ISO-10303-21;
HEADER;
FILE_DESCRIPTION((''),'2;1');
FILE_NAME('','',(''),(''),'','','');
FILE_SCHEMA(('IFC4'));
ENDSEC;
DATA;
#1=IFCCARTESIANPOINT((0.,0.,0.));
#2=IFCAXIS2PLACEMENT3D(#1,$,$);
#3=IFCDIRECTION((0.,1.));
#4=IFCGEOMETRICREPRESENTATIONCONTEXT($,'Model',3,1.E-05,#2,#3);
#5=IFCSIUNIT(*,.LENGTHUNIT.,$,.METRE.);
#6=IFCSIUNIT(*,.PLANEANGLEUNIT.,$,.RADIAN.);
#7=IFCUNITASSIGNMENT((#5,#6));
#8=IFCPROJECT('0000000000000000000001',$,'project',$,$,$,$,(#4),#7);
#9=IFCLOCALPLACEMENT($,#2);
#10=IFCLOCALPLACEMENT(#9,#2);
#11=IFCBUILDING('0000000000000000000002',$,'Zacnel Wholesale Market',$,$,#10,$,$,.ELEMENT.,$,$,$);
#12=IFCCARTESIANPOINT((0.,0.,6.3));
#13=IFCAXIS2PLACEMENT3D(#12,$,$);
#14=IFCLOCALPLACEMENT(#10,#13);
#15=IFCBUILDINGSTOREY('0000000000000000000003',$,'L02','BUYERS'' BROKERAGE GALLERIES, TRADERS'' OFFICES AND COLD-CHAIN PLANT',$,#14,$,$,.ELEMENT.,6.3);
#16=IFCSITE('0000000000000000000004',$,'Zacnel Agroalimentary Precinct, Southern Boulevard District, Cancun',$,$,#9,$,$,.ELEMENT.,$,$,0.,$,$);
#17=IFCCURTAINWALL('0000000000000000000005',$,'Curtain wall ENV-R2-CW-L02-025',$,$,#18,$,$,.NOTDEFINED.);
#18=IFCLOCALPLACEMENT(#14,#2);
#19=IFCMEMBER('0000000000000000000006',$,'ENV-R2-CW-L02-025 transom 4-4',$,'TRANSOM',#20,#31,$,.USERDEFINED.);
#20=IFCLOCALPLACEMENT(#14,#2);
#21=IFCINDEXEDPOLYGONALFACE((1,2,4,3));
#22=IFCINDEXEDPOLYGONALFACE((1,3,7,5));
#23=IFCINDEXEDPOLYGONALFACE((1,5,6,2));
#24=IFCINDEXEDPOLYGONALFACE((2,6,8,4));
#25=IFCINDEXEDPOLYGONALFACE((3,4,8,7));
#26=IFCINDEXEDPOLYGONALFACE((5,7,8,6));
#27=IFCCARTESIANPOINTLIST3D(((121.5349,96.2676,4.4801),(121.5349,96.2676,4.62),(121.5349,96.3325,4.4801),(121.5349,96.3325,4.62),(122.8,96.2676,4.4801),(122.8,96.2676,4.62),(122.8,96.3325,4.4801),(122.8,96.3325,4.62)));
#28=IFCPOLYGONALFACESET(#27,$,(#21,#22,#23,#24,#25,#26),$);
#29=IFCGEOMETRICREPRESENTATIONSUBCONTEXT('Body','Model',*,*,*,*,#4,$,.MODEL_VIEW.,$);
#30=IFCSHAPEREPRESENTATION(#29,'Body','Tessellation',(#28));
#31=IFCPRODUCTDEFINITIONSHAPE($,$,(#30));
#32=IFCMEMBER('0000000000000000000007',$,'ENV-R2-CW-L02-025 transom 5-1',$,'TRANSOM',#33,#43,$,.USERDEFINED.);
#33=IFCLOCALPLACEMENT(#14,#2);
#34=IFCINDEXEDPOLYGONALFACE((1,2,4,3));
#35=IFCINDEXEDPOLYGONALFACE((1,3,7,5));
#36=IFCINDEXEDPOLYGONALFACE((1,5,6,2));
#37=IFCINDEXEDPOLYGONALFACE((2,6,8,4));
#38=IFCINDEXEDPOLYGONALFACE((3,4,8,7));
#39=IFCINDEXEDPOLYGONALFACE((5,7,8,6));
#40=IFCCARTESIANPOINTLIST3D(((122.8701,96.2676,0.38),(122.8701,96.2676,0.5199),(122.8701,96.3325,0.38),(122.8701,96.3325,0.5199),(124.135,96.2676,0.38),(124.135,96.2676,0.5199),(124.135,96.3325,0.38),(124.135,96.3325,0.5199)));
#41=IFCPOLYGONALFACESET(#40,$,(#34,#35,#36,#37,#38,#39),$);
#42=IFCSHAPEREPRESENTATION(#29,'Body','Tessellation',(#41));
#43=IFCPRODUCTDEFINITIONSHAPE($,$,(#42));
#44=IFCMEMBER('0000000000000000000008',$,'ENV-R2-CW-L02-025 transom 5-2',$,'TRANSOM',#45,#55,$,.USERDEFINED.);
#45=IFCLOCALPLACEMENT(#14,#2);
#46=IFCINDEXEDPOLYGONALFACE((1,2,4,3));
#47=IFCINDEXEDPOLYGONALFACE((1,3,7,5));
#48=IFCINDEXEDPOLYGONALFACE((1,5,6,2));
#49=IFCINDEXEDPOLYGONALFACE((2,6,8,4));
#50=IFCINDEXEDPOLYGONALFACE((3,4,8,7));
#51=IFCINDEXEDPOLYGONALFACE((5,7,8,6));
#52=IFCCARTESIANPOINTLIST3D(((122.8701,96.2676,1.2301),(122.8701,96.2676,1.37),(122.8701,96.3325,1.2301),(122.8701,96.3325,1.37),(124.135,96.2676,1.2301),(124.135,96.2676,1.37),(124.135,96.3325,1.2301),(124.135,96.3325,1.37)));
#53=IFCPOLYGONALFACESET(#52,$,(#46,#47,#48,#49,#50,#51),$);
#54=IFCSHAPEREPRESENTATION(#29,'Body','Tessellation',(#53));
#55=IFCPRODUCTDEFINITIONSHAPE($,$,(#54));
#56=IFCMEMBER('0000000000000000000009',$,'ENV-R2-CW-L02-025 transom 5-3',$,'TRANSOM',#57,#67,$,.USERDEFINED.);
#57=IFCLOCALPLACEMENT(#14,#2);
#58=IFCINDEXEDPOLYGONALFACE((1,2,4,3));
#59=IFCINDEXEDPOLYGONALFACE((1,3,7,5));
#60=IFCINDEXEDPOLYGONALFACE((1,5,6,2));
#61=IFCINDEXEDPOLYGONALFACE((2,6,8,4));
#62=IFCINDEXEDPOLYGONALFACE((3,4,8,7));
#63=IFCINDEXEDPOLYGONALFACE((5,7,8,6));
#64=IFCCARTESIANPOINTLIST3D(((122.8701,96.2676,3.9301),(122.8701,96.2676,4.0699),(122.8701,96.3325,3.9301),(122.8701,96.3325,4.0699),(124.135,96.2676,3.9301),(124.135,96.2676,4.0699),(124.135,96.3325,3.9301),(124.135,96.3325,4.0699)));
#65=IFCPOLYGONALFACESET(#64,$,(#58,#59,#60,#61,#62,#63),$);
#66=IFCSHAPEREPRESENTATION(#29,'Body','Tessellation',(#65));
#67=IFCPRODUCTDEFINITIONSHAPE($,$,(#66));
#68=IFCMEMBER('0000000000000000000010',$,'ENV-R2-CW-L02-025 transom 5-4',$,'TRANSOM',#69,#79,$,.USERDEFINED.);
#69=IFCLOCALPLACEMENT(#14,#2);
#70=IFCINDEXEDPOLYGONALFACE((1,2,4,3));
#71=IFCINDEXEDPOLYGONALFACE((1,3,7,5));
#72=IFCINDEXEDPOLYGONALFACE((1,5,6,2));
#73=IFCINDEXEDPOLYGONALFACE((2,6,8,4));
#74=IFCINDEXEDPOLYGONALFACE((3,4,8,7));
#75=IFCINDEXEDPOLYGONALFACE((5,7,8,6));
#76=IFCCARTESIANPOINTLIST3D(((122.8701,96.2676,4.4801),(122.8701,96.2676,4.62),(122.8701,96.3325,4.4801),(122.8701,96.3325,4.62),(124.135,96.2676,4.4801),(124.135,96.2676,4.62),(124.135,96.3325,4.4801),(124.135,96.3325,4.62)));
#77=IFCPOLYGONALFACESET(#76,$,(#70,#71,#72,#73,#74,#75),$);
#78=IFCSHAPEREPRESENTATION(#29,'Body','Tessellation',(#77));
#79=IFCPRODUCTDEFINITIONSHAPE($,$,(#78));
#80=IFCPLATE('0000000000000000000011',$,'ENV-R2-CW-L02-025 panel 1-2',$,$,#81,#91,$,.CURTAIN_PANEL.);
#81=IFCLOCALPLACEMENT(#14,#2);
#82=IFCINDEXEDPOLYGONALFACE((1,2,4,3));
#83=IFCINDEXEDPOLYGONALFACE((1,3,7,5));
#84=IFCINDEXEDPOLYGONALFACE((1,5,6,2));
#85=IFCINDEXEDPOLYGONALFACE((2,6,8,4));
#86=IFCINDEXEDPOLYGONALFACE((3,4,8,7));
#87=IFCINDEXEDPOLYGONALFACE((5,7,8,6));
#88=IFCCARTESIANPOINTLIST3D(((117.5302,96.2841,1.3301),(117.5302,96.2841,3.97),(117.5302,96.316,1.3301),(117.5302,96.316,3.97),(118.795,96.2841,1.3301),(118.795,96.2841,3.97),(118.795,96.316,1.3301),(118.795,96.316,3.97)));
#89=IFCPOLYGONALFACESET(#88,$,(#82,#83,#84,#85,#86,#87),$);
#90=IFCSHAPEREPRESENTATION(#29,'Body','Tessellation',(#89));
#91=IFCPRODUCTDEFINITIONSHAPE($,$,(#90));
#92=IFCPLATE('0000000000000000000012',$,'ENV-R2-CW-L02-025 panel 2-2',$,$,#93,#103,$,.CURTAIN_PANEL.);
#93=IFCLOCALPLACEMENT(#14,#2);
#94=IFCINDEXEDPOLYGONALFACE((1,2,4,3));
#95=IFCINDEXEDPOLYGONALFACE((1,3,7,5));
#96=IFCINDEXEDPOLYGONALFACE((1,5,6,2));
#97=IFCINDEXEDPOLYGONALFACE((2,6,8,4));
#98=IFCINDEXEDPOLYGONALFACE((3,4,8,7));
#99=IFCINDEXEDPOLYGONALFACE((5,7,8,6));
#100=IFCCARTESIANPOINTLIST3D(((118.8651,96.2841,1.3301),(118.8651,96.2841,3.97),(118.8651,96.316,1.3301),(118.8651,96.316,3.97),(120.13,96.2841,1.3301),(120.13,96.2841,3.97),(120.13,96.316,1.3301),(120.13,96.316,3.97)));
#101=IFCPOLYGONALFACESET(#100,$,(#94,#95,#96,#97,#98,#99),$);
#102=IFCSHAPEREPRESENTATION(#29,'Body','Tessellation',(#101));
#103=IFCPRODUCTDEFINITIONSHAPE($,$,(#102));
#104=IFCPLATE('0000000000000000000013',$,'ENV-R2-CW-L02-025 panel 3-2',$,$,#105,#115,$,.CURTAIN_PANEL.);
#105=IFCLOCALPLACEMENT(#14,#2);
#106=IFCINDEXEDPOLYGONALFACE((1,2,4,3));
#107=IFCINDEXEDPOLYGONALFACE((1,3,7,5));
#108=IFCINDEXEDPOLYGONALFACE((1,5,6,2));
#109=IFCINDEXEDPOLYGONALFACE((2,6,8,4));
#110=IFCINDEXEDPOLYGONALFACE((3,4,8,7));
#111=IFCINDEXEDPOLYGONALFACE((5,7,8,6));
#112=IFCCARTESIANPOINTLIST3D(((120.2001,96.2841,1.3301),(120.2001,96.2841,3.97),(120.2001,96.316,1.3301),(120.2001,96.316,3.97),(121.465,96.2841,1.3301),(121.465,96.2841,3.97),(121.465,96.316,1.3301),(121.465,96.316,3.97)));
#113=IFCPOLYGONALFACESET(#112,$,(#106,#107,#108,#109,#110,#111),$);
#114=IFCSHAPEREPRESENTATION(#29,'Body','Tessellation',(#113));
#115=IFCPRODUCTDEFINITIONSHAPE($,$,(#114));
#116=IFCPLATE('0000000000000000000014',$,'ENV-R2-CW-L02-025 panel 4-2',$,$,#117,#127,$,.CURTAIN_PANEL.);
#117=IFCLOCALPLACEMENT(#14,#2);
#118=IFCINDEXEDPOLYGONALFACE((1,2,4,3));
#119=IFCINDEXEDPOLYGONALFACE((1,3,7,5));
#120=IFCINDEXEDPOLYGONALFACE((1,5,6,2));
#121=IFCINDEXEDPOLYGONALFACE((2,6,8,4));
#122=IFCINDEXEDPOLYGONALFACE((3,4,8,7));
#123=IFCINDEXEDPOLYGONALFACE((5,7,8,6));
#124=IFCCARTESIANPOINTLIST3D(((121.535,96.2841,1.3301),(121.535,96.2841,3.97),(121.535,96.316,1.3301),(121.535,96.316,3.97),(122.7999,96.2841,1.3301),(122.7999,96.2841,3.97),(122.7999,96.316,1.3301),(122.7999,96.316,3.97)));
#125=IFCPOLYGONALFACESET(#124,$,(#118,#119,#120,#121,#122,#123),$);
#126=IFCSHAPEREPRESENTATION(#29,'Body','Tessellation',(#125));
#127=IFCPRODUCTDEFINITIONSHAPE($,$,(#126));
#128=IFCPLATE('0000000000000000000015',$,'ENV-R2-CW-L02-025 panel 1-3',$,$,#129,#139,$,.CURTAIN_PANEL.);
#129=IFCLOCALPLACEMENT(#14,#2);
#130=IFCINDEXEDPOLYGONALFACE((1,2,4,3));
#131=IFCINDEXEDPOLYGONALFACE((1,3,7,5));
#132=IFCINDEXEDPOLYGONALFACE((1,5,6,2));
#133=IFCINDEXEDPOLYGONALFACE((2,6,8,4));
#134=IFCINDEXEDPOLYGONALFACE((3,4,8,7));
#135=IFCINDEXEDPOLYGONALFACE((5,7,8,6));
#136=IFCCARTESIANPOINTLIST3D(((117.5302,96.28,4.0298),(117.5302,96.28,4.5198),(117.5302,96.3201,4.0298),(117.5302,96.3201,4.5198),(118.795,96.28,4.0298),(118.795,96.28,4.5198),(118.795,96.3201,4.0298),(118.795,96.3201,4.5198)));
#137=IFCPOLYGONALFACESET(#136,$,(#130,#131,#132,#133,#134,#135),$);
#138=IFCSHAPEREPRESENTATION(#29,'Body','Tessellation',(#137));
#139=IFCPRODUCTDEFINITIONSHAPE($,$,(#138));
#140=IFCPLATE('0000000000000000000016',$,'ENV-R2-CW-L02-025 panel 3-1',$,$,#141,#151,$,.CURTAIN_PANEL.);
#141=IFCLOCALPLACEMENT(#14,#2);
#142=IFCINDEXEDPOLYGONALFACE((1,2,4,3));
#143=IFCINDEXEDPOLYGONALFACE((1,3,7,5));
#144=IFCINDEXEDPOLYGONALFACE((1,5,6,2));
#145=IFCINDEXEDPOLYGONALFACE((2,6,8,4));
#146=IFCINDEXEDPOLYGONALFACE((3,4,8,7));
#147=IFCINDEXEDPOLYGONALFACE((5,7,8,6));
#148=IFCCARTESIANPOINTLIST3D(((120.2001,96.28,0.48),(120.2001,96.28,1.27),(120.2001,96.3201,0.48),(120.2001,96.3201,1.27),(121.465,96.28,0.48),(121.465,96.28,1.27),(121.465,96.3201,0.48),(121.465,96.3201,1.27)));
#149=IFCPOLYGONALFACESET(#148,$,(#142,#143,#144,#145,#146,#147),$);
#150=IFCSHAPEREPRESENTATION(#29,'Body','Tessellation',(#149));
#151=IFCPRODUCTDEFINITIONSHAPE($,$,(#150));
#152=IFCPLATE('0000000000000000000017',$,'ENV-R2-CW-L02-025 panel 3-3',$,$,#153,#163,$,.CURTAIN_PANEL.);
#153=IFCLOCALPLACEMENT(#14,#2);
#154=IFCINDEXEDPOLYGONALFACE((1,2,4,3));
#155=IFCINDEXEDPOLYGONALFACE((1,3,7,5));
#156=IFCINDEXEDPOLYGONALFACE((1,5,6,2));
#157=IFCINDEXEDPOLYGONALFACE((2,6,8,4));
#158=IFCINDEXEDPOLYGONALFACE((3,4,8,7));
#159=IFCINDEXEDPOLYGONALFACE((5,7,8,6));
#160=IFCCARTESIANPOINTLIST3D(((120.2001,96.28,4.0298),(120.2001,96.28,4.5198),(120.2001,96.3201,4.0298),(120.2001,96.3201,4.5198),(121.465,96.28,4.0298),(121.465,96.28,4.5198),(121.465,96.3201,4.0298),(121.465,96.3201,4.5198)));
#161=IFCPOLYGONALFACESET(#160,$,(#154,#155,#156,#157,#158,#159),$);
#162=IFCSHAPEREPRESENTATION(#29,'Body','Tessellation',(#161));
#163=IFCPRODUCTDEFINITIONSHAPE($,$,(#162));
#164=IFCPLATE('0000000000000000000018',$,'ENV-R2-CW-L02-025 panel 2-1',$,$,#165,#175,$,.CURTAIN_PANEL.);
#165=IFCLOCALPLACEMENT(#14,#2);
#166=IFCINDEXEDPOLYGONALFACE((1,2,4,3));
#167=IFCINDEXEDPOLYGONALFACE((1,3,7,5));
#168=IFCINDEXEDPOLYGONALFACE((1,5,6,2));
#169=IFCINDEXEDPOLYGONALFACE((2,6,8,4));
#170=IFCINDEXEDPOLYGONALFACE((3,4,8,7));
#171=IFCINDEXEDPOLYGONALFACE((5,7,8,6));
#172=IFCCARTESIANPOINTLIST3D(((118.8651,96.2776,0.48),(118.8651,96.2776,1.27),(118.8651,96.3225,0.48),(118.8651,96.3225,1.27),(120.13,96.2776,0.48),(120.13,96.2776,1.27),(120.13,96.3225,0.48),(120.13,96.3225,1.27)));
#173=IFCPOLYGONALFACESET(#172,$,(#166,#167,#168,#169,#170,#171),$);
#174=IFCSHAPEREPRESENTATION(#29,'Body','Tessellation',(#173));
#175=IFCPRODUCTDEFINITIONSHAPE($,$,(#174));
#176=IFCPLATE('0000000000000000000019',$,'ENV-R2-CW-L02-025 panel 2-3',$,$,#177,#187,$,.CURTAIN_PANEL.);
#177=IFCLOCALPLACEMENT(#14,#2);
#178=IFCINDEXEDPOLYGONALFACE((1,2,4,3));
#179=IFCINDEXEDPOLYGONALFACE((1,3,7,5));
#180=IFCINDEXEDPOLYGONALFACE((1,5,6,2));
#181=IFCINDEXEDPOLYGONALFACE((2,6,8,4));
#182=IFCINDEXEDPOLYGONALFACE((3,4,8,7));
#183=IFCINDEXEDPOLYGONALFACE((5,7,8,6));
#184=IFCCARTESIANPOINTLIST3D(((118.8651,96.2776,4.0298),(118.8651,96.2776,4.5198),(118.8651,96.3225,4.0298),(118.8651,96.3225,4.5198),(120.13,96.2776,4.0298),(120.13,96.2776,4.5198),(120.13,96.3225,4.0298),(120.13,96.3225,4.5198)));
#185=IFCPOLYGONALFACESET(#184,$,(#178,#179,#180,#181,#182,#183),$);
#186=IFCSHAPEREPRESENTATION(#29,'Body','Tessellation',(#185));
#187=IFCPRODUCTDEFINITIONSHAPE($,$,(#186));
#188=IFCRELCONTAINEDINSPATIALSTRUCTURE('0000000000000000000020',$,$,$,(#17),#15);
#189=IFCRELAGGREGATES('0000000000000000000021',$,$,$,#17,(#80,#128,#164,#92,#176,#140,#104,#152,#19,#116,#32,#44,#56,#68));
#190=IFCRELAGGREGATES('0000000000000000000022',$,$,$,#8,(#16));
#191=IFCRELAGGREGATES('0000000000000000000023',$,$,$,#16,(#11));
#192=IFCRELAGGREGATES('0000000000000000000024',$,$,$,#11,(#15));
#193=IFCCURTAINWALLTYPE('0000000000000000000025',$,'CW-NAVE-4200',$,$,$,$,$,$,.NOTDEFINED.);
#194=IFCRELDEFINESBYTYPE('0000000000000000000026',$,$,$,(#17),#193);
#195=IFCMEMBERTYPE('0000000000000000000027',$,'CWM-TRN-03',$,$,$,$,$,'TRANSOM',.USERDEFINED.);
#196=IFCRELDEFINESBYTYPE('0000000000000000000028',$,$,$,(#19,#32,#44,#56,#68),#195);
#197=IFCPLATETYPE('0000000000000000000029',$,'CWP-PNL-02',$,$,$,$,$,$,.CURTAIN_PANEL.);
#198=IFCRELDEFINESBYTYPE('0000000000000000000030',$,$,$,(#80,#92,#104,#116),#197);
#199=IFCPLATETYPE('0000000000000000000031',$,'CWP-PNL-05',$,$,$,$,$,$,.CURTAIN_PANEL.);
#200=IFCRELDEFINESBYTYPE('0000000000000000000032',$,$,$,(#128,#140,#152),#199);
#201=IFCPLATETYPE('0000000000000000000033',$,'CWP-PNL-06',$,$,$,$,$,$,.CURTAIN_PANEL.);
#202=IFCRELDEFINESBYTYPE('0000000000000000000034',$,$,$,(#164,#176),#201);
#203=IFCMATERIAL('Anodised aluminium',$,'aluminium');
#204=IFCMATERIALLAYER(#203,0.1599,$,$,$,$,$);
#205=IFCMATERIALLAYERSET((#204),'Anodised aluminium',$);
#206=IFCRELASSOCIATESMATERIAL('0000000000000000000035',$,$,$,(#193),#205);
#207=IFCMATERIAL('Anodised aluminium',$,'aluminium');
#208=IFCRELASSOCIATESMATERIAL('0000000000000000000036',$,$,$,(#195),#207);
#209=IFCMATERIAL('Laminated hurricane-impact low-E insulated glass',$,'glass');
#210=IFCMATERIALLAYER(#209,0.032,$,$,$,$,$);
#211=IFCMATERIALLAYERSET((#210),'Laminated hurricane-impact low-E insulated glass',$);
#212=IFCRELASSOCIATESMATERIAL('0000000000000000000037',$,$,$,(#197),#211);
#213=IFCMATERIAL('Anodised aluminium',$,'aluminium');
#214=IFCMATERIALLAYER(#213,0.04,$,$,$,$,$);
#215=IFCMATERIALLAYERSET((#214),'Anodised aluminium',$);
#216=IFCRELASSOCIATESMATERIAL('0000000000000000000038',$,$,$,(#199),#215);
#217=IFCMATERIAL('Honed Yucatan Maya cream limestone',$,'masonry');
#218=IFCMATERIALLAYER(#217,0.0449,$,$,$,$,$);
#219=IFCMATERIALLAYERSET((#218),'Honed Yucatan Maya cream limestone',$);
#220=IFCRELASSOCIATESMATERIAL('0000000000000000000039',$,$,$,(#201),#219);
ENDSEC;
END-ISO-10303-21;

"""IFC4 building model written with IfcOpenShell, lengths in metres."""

from ifc_helpers import new_model, si_unit, direction, frame, origin, origin_2d, place, context, subcontext, project, spatial, rectangle, extrude, material, layer, layer_set, material_profile, profile_set, type_object, element, aggregate, save


model = new_model("IFC4")

# Units and contexts
model_context = context("Model", 3, precision=1e-05, world=origin(), true_north=direction((0.0, 1.0)))
body_context = subcontext(model_context, "Body", "Model", "MODEL_VIEW")
ifc_project = project(units=[si_unit("LENGTHUNIT", "METRE"), si_unit("PLANEANGLEUNIT", "RADIAN")], contexts=[model_context])

# Site, building, storey
site_placement = place(None, origin())
site = spatial("IfcSite", under=ifc_project, at=site_placement, Name="Zacnel Agroalimentary Precinct, Southern Boulevard District, Cancun", CompositionType="ELEMENT", RefElevation=0.0)
building_placement = place(site_placement, origin())
building = spatial("IfcBuilding", under=site, at=building_placement, Name="Zacnel Wholesale Market", CompositionType="ELEMENT")
storey_placement = place(building_placement, frame((0.0, 0.0, 6.3)))
storey = spatial("IfcBuildingStorey", under=building, at=storey_placement, Name="L02", Description="BUYERS' BROKERAGE GALLERIES, TRADERS' OFFICES AND COLD-CHAIN PLANT", CompositionType="ELEMENT", Elevation=6.3)

# Curtain wall, members, plates
ifc_material_1 = material(Name="Anodised aluminium", Category="aluminium")
ifc_layer_1 = layer(ifc_material_1, 0.1599)
ifc_layer_set_1 = layer_set([ifc_layer_1], Name="Anodised aluminium")
curtain_wall_type = type_object("IfcCurtainWallType", Name="CW-NAVE-4200", PredefinedType="NOTDEFINED", material=ifc_layer_set_1)
curtain_wall_placement = place(storey_placement, origin())
curtain_wall = element("IfcCurtainWall", 1, at=curtain_wall_placement, inside=storey, type_object=curtain_wall_type, Name="Curtain wall ENV-R2-CW-L02-025", PredefinedType="NOTDEFINED")
ifc_material_2 = material(Name="Anodised aluminium", Category="aluminium")
ifc_material_profile_1 = material_profile(ifc_material_2, rectangle(XDim=0.0649, YDim=0.1399, at=origin_2d()), Name="AW-TRANSOM 65x140")
ifc_profile_set_1 = profile_set([ifc_material_profile_1], Name="Anodised aluminium")
member_type_1 = type_object("IfcMemberType", Name="CWM-TRN-03", ElementType="TRANSOM", PredefinedType="USERDEFINED", material=ifc_profile_set_1)
member_1_placement = place(storey_placement, frame((121.5349, 96.3, 4.55), z_axis=(1.0, 0.0, 0.0), x_axis=(0.0, 1.0, 0.0)))
member_1 = element("IfcMember", 2, at=member_1_placement, type_object=member_type_1, Name="ENV-R2-CW-L02-025 transom 4-4", ObjectType="TRANSOM", PredefinedType="USERDEFINED", context=body_context, shape_type="SweptSolid", body=[
    extrude(rectangle(XDim=0.0649, YDim=0.1399, at=origin_2d()), origin(), (0.0, 0.0, 1.0), 1.2651),
])
member_2_placement = place(storey_placement, frame((122.8701, 96.3, 0.45), z_axis=(1.0, 0.0, 0.0), x_axis=(0.0, 1.0, 0.0)))
member_2 = element("IfcMember", 3, at=member_2_placement, type_object=member_type_1, Name="ENV-R2-CW-L02-025 transom 5-1", ObjectType="TRANSOM", PredefinedType="USERDEFINED", context=body_context, shape_type="SweptSolid", body=[
    extrude(rectangle(XDim=0.0649, YDim=0.1399, at=origin_2d()), origin(), (0.0, 0.0, 1.0), 1.2649),
])
member_3_placement = place(storey_placement, frame((122.8701, 96.3, 1.3), z_axis=(1.0, 0.0, 0.0), x_axis=(0.0, 1.0, 0.0)))
member_3 = element("IfcMember", 4, at=member_3_placement, type_object=member_type_1, Name="ENV-R2-CW-L02-025 transom 5-2", ObjectType="TRANSOM", PredefinedType="USERDEFINED", context=body_context, shape_type="SweptSolid", body=[
    extrude(rectangle(XDim=0.0649, YDim=0.1399, at=origin_2d()), origin(), (0.0, 0.0, 1.0), 1.2649),
])
member_4_placement = place(storey_placement, frame((122.8701, 96.3, 4.0), z_axis=(1.0, 0.0, 0.0), x_axis=(0.0, 1.0, 0.0)))
member_4 = element("IfcMember", 5, at=member_4_placement, type_object=member_type_1, Name="ENV-R2-CW-L02-025 transom 5-3", ObjectType="TRANSOM", PredefinedType="USERDEFINED", context=body_context, shape_type="SweptSolid", body=[
    extrude(rectangle(XDim=0.0649, YDim=0.1399, at=origin_2d()), origin(), (0.0, 0.0, 1.0), 1.2649),
])
member_5_placement = place(storey_placement, frame((122.8701, 96.3, 4.55), z_axis=(1.0, 0.0, 0.0), x_axis=(0.0, 1.0, 0.0)))
member_5 = element("IfcMember", 6, at=member_5_placement, type_object=member_type_1, Name="ENV-R2-CW-L02-025 transom 5-4", ObjectType="TRANSOM", PredefinedType="USERDEFINED", context=body_context, shape_type="SweptSolid", body=[
    extrude(rectangle(XDim=0.0649, YDim=0.1399, at=origin_2d()), origin(), (0.0, 0.0, 1.0), 1.2649),
])
ifc_material_3 = material(Name="Laminated hurricane-impact low-E insulated glass", Category="glass")
ifc_layer_2 = layer(ifc_material_3, 0.032)
ifc_layer_set_2 = layer_set([ifc_layer_2], Name="Laminated hurricane-impact low-E insulated glass")
plate_type_1 = type_object("IfcPlateType", Name="CWP-PNL-02", PredefinedType="CURTAIN_PANEL", material=ifc_layer_set_2)
plate_1_placement = place(storey_placement, frame((118.1626, 96.3, 1.3301), z_axis=(0.0, 0.0, 1.0), x_axis=(1.0, 0.0, 0.0)))
plate_1 = element("IfcPlate", 7, at=plate_1_placement, type_object=plate_type_1, Name="ENV-R2-CW-L02-025 panel 1-2", PredefinedType="CURTAIN_PANEL", context=body_context, shape_type="SweptSolid", body=[
    extrude(rectangle(XDim=1.2649, YDim=0.032, at=origin_2d()), origin(), (0.0, 0.0, 1.0), 2.6399),
])
plate_2_placement = place(storey_placement, frame((119.4976, 96.3, 1.3301), z_axis=(0.0, 0.0, 1.0), x_axis=(1.0, 0.0, 0.0)))
plate_2 = element("IfcPlate", 8, at=plate_2_placement, type_object=plate_type_1, Name="ENV-R2-CW-L02-025 panel 2-2", PredefinedType="CURTAIN_PANEL", context=body_context, shape_type="SweptSolid", body=[
    extrude(rectangle(XDim=1.2649, YDim=0.032, at=origin_2d()), origin(), (0.0, 0.0, 1.0), 2.6399),
])
plate_3_placement = place(storey_placement, frame((120.8325, 96.3, 1.3301), z_axis=(0.0, 0.0, 1.0), x_axis=(1.0, 0.0, 0.0)))
plate_3 = element("IfcPlate", 9, at=plate_3_placement, type_object=plate_type_1, Name="ENV-R2-CW-L02-025 panel 3-2", PredefinedType="CURTAIN_PANEL", context=body_context, shape_type="SweptSolid", body=[
    extrude(rectangle(XDim=1.2649, YDim=0.032, at=origin_2d()), origin(), (0.0, 0.0, 1.0), 2.6399),
])
plate_4_placement = place(storey_placement, frame((122.1675, 96.3, 1.3301), z_axis=(0.0, 0.0, 1.0), x_axis=(1.0, 0.0, 0.0)))
plate_4 = element("IfcPlate", 10, at=plate_4_placement, type_object=plate_type_1, Name="ENV-R2-CW-L02-025 panel 4-2", PredefinedType="CURTAIN_PANEL", context=body_context, shape_type="SweptSolid", body=[
    extrude(rectangle(XDim=1.2649, YDim=0.032, at=origin_2d()), origin(), (0.0, 0.0, 1.0), 2.6399),
])
ifc_material_4 = material(Name="Anodised aluminium", Category="aluminium")
ifc_layer_3 = layer(ifc_material_4, 0.04)
ifc_layer_set_3 = layer_set([ifc_layer_3], Name="Anodised aluminium")
plate_type_2 = type_object("IfcPlateType", Name="CWP-PNL-05", PredefinedType="CURTAIN_PANEL", material=ifc_layer_set_3)
plate_5_placement = place(storey_placement, frame((118.1626, 96.3, 4.0298), z_axis=(0.0, 0.0, 1.0), x_axis=(1.0, 0.0, 0.0)))
plate_5 = element("IfcPlate", 11, at=plate_5_placement, type_object=plate_type_2, Name="ENV-R2-CW-L02-025 panel 1-3", PredefinedType="CURTAIN_PANEL", context=body_context, shape_type="SweptSolid", body=[
    extrude(rectangle(XDim=1.2649, YDim=0.04, at=origin_2d()), origin(), (0.0, 0.0, 1.0), 0.49),
])
plate_6_placement = place(storey_placement, frame((120.8325, 96.3, 0.48), z_axis=(0.0, 0.0, 1.0), x_axis=(1.0, 0.0, 0.0)))
plate_6 = element("IfcPlate", 12, at=plate_6_placement, type_object=plate_type_2, Name="ENV-R2-CW-L02-025 panel 3-1", PredefinedType="CURTAIN_PANEL", context=body_context, shape_type="SweptSolid", body=[
    extrude(rectangle(XDim=1.2649, YDim=0.04, at=origin_2d()), origin(), (0.0, 0.0, 1.0), 0.79),
])
plate_7_placement = place(storey_placement, frame((120.8325, 96.3, 4.0298), z_axis=(0.0, 0.0, 1.0), x_axis=(1.0, 0.0, 0.0)))
plate_7 = element("IfcPlate", 13, at=plate_7_placement, type_object=plate_type_2, Name="ENV-R2-CW-L02-025 panel 3-3", PredefinedType="CURTAIN_PANEL", context=body_context, shape_type="SweptSolid", body=[
    extrude(rectangle(XDim=1.2649, YDim=0.04, at=origin_2d()), origin(), (0.0, 0.0, 1.0), 0.49),
])
ifc_material_5 = material(Name="Honed Yucatan Maya cream limestone", Category="masonry")
ifc_layer_4 = layer(ifc_material_5, 0.0449)
ifc_layer_set_4 = layer_set([ifc_layer_4], Name="Honed Yucatan Maya cream limestone")
plate_type_3 = type_object("IfcPlateType", Name="CWP-PNL-06", PredefinedType="CURTAIN_PANEL", material=ifc_layer_set_4)
plate_8_placement = place(storey_placement, frame((119.4976, 96.3, 0.48), z_axis=(0.0, 0.0, 1.0), x_axis=(1.0, 0.0, 0.0)))
plate_8 = element("IfcPlate", 14, at=plate_8_placement, type_object=plate_type_3, Name="ENV-R2-CW-L02-025 panel 2-1", PredefinedType="CURTAIN_PANEL", context=body_context, shape_type="SweptSolid", body=[
    extrude(rectangle(XDim=1.2649, YDim=0.0449, at=origin_2d()), origin(), (0.0, 0.0, 1.0), 0.79),
])
plate_9_placement = place(storey_placement, frame((119.4976, 96.3, 4.0298), z_axis=(0.0, 0.0, 1.0), x_axis=(1.0, 0.0, 0.0)))
plate_9 = element("IfcPlate", 15, at=plate_9_placement, type_object=plate_type_3, Name="ENV-R2-CW-L02-025 panel 2-3", PredefinedType="CURTAIN_PANEL", context=body_context, shape_type="SweptSolid", body=[
    extrude(rectangle(XDim=1.2649, YDim=0.0449, at=origin_2d()), origin(), (0.0, 0.0, 1.0), 0.49),
])
aggregate(curtain_wall, [plate_1, plate_5, plate_8, plate_2, plate_9, plate_6, plate_3, plate_7, member_1, plate_4, member_2, member_3, member_4, member_5])

save(model, "model.ifc")
